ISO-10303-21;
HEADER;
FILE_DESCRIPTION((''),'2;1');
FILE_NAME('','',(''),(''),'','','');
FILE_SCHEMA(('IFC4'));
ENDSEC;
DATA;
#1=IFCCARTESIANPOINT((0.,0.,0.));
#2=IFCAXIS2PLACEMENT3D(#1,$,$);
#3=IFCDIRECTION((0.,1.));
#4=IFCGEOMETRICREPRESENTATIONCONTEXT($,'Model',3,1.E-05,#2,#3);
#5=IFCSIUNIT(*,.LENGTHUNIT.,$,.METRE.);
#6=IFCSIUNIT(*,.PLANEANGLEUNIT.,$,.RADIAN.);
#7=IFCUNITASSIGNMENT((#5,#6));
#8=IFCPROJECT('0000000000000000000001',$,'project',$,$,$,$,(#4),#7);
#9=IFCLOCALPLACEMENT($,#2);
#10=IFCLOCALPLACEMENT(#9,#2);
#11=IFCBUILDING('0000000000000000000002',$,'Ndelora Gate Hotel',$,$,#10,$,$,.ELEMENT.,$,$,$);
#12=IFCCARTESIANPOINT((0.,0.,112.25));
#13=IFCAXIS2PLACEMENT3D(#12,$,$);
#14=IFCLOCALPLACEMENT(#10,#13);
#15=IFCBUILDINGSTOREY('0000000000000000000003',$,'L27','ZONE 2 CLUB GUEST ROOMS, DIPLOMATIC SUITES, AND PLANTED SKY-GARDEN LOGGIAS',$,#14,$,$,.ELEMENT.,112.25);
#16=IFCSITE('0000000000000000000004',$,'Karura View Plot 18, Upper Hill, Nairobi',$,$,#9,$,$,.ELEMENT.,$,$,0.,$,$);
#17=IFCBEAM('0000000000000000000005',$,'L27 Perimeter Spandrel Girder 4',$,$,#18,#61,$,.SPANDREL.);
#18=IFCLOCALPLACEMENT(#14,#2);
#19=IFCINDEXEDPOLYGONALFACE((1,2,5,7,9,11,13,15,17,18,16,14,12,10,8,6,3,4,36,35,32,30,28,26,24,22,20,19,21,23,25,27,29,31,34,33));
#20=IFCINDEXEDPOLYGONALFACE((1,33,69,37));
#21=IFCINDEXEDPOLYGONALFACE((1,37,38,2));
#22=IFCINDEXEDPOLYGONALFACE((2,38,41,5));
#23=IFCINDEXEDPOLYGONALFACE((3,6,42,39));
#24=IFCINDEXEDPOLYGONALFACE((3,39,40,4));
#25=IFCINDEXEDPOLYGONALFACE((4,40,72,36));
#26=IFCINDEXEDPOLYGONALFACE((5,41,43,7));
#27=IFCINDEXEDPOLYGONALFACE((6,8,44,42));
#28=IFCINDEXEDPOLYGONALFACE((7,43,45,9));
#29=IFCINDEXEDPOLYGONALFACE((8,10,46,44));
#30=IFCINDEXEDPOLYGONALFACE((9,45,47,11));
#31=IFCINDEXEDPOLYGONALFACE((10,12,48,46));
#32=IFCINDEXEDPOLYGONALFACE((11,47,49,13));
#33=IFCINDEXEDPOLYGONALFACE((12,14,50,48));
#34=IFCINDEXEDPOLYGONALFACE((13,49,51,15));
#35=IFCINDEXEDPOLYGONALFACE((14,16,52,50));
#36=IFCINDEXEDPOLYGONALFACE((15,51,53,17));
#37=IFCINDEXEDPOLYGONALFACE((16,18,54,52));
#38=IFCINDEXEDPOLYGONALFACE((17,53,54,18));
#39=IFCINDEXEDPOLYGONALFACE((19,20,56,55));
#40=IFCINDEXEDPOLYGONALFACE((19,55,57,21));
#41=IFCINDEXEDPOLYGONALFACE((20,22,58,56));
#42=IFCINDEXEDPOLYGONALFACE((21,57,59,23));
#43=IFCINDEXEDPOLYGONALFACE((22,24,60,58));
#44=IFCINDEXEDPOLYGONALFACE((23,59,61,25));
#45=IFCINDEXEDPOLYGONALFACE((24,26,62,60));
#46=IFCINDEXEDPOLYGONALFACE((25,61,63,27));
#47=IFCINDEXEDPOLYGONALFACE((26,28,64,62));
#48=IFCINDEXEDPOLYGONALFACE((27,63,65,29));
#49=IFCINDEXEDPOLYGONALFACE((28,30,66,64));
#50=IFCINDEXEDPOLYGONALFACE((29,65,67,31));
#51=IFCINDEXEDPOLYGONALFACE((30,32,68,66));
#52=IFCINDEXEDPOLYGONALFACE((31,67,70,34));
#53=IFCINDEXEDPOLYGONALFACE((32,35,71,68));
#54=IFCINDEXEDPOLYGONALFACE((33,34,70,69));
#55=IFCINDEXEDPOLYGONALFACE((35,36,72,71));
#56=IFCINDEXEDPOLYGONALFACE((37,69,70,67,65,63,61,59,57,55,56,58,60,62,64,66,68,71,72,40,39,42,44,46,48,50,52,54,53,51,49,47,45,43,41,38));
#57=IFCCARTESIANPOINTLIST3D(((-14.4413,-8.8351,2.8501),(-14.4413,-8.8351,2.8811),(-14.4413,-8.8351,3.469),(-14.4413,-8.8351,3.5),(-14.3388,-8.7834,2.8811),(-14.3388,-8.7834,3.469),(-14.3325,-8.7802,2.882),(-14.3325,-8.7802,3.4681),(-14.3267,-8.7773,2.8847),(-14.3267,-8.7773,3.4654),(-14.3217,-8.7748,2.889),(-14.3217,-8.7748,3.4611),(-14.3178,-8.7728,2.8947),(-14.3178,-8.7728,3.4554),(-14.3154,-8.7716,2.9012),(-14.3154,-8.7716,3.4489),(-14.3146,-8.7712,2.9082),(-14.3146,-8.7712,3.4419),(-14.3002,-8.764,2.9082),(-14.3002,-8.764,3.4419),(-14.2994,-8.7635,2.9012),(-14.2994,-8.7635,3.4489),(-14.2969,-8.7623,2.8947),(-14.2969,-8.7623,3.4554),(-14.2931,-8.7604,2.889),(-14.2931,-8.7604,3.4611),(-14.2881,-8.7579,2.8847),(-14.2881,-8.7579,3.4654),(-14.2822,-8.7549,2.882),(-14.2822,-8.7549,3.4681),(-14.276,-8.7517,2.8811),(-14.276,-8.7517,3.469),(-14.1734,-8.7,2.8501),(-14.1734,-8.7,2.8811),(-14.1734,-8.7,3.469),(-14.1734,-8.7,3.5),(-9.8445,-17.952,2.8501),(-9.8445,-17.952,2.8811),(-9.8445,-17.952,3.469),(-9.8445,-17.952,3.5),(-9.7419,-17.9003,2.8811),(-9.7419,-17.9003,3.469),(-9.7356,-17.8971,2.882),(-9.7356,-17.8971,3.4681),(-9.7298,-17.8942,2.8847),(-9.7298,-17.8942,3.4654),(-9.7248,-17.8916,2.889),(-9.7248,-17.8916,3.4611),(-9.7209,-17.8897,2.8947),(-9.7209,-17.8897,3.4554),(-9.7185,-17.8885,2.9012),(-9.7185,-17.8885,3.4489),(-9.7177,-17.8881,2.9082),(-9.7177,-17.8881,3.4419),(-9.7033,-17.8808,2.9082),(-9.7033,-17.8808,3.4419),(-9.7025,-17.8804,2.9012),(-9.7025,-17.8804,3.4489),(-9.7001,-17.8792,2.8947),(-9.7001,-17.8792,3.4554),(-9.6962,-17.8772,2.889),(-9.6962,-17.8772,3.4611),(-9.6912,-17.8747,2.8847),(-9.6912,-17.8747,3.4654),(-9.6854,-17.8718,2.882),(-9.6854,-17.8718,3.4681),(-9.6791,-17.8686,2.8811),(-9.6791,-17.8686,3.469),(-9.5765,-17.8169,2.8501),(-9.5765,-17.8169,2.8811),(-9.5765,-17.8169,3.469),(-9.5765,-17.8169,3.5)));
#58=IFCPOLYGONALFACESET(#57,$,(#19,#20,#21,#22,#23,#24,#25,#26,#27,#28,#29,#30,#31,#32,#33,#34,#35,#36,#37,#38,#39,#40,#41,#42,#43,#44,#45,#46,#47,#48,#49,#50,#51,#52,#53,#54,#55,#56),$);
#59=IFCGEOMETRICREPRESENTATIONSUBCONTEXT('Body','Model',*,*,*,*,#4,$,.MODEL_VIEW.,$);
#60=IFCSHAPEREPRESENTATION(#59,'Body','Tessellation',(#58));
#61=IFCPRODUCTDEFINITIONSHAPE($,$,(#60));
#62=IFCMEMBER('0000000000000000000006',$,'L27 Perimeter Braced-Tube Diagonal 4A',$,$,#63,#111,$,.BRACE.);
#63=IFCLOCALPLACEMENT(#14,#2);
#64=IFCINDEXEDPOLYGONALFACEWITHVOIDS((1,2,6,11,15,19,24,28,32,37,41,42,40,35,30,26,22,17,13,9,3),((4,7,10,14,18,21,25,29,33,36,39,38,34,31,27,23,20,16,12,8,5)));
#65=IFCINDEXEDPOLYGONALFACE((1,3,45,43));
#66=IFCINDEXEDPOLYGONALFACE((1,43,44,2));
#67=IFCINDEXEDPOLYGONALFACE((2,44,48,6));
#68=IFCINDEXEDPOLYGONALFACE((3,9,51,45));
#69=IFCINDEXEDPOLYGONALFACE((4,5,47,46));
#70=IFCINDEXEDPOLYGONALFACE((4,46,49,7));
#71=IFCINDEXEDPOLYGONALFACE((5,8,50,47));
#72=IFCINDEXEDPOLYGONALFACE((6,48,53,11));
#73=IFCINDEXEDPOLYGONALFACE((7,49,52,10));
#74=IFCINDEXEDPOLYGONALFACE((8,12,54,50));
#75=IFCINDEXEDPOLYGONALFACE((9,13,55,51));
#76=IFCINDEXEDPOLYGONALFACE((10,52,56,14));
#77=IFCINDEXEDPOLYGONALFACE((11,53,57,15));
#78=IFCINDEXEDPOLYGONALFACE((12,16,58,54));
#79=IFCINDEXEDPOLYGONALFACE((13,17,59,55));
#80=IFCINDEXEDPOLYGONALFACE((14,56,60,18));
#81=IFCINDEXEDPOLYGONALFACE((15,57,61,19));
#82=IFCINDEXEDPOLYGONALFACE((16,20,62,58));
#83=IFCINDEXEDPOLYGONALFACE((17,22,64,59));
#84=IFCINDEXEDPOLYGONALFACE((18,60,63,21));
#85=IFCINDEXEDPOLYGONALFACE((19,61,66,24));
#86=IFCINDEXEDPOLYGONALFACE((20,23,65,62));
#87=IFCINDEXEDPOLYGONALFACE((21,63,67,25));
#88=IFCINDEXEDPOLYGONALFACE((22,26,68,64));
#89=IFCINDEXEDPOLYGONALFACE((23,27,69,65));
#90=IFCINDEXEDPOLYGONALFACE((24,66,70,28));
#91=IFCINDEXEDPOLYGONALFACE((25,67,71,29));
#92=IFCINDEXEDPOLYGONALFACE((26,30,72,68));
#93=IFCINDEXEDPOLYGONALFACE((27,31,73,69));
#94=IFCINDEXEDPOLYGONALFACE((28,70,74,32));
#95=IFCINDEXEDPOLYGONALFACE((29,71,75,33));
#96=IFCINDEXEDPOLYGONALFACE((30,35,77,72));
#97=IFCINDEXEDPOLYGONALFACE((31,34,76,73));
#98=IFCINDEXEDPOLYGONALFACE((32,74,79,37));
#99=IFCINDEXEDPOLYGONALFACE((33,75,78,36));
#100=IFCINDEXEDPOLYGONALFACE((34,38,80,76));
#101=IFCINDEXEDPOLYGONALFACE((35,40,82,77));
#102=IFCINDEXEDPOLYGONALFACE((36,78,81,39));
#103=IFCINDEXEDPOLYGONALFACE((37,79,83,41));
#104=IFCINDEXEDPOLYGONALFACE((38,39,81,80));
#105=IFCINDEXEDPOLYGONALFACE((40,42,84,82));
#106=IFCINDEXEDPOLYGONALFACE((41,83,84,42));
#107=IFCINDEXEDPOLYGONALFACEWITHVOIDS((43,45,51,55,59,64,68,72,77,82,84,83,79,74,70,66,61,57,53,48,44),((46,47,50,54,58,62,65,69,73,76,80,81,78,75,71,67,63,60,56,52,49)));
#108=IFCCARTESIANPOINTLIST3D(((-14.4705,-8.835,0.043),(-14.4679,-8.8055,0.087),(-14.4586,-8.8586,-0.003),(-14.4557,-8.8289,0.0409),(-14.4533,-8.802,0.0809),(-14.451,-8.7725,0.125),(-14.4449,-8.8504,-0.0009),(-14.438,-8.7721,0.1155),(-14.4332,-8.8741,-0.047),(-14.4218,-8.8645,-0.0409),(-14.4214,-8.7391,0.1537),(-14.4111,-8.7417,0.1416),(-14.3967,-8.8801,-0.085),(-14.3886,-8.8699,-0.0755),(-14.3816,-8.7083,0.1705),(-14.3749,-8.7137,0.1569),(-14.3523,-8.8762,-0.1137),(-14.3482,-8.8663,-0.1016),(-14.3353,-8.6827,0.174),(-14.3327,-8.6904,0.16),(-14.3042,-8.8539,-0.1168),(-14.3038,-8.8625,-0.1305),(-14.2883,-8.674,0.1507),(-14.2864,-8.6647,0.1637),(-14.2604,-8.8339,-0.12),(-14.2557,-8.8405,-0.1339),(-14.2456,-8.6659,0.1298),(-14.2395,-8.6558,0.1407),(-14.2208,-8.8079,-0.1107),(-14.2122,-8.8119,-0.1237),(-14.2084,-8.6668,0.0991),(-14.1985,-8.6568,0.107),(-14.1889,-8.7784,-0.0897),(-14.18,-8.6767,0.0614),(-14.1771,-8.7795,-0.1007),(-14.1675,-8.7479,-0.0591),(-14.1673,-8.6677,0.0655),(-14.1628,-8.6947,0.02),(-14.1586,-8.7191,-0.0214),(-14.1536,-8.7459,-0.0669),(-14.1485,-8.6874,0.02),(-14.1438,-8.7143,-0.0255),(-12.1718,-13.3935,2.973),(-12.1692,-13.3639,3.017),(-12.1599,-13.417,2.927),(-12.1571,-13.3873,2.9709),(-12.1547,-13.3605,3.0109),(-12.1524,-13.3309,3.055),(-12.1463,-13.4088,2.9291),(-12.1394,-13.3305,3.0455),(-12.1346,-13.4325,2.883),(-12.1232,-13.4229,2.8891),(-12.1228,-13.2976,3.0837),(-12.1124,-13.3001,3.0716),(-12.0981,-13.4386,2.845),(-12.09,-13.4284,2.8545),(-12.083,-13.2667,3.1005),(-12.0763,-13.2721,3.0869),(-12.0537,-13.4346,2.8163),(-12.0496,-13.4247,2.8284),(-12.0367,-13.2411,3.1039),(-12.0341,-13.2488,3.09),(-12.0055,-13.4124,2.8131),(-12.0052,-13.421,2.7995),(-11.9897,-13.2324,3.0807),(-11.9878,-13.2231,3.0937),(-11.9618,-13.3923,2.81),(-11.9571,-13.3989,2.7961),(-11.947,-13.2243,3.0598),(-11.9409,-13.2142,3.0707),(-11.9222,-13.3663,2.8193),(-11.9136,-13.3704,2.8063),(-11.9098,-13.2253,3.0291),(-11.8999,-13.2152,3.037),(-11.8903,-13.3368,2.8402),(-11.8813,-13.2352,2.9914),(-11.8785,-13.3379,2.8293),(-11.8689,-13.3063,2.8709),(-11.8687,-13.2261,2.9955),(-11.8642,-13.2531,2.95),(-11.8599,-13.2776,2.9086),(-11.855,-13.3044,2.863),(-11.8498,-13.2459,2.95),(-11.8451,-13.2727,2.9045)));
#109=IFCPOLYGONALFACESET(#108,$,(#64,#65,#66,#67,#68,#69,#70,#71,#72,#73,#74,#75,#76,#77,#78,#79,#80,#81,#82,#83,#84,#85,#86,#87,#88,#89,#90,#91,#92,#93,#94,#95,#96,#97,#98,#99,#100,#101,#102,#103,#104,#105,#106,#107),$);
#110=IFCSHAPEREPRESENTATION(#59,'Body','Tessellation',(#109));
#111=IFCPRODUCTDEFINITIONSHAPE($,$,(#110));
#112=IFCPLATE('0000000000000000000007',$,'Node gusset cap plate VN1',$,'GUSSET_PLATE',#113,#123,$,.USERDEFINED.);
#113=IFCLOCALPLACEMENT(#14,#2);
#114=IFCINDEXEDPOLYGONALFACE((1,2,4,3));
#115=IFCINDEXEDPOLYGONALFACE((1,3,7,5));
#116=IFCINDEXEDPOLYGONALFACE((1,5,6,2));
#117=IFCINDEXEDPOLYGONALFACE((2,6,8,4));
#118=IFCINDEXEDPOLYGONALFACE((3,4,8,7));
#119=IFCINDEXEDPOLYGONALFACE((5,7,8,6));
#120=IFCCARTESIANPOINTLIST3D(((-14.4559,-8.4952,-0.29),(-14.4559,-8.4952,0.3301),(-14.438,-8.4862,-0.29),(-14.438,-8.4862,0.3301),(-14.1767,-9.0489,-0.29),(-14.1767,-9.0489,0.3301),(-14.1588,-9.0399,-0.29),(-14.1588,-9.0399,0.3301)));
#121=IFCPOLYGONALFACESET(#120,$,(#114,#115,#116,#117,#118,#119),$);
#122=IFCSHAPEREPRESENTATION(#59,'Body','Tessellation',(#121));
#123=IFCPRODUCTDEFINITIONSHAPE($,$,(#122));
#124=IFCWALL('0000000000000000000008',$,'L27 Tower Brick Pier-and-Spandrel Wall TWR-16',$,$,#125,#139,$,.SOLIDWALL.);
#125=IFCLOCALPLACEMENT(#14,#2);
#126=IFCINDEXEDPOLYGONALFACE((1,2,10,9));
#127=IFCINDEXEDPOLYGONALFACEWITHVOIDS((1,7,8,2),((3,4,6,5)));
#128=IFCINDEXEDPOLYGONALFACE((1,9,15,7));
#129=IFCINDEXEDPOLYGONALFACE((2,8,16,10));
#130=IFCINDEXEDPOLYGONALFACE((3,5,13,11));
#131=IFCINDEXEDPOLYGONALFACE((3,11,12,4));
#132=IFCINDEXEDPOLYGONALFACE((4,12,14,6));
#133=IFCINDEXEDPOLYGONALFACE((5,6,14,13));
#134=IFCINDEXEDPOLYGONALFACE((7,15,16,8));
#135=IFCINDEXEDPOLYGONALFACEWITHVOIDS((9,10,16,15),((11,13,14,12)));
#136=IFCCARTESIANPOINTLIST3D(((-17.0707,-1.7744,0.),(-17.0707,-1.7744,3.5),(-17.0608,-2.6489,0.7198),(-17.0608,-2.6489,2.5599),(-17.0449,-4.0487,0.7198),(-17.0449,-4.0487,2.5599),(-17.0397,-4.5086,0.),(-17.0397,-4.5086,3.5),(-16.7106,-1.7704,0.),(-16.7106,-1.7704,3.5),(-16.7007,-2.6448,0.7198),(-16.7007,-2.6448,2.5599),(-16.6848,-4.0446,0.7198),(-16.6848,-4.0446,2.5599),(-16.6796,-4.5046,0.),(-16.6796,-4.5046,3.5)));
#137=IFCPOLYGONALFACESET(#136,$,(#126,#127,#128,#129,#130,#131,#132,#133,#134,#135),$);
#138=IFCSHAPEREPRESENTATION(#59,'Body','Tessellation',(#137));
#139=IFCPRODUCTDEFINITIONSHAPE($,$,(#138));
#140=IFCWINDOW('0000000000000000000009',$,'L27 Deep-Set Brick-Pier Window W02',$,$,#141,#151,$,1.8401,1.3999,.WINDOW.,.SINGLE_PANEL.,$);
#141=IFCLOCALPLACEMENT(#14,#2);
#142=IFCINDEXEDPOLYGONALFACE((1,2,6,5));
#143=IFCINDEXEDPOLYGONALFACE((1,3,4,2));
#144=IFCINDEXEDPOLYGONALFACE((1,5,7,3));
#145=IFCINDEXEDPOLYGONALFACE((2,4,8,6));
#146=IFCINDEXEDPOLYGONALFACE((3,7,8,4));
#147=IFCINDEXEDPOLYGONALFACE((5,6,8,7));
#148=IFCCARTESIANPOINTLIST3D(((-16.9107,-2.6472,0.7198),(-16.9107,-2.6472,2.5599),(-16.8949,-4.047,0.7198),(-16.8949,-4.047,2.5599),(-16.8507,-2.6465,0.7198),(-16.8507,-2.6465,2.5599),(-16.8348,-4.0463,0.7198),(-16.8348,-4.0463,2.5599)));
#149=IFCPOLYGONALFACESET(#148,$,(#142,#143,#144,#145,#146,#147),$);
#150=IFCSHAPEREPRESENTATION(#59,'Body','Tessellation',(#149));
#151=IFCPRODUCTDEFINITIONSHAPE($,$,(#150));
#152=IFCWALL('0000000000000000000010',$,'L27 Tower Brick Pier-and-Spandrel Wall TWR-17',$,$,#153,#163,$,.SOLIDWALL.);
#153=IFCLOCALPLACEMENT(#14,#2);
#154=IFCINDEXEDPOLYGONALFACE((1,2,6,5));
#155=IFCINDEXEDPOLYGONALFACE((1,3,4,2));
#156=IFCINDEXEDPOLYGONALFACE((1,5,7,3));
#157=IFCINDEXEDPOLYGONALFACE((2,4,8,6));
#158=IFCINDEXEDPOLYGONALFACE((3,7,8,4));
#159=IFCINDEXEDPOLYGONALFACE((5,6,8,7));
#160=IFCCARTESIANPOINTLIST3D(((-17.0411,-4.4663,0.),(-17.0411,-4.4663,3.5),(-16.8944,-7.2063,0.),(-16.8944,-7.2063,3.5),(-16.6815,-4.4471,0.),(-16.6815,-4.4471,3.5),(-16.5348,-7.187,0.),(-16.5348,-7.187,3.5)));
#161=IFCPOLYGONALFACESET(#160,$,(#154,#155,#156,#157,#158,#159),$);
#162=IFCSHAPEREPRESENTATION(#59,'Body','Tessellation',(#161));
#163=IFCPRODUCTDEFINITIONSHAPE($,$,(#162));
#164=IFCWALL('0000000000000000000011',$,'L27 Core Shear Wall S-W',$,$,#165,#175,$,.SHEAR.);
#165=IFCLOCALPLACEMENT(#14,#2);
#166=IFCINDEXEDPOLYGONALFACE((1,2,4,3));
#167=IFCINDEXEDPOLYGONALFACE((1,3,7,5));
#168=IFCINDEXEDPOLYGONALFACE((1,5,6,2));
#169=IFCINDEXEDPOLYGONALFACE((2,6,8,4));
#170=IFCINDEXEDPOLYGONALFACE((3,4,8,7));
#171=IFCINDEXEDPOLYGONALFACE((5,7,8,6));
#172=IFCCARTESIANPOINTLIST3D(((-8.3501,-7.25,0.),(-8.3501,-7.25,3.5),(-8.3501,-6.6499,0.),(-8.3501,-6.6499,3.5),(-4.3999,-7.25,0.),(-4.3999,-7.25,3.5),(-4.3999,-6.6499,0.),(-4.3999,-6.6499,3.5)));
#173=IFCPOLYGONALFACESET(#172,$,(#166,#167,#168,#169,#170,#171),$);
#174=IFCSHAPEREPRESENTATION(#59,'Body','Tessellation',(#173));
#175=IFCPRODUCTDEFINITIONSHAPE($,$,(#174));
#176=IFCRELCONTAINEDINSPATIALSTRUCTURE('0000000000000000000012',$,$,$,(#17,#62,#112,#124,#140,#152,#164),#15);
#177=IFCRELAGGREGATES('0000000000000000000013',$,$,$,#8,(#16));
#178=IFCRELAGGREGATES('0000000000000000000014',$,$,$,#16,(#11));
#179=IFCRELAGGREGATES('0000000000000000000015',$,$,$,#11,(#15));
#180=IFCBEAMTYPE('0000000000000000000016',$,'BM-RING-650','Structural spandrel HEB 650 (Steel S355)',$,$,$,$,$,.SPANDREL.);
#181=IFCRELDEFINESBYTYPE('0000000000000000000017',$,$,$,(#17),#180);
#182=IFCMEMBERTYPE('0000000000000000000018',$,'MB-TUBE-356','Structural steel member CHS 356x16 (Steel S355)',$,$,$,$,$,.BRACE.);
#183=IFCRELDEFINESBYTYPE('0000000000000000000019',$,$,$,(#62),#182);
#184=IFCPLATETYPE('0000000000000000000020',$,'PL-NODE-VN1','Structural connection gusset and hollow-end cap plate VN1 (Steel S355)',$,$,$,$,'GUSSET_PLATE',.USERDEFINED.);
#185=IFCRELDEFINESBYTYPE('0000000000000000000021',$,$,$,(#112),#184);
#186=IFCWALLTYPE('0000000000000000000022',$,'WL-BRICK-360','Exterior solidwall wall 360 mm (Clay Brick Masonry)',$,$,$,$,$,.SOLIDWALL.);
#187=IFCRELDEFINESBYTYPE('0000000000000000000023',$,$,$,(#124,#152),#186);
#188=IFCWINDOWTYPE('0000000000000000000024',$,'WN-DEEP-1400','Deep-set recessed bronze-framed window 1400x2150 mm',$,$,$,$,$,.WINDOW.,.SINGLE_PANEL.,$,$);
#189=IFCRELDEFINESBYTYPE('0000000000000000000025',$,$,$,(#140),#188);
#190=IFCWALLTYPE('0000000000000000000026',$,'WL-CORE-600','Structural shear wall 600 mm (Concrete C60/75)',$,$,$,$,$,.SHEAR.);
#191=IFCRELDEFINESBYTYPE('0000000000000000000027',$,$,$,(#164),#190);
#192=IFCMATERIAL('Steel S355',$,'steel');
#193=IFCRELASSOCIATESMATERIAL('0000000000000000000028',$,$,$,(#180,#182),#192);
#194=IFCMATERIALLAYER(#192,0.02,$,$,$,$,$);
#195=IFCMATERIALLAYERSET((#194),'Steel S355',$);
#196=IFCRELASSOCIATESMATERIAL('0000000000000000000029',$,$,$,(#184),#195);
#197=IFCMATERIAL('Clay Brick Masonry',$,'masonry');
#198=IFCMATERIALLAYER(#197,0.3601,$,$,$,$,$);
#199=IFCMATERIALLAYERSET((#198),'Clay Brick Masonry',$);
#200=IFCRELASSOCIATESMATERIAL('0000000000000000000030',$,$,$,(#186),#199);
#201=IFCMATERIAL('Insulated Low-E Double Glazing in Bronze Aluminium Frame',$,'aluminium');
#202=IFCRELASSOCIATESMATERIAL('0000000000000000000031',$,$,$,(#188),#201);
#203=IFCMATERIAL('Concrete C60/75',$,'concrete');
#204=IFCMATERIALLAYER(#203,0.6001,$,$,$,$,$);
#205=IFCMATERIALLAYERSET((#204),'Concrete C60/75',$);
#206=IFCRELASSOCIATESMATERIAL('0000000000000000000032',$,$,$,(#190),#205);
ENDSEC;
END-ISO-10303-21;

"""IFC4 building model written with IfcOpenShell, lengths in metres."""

from ifc_helpers import new_model, si_unit, direction, frame, frame_2d, origin, origin_2d, place, context, subcontext, project, spatial, rectangle, hollow_circle, i_section, extrude, material, layer, layer_set, material_profile, profile_set, type_object, element, fill, save


model = new_model("IFC4")

# Units and contexts
model_context = context("Model", 3, precision=1e-05, world=origin(), true_north=direction((0.0, 1.0)))
body_context = subcontext(model_context, "Body", "Model", "MODEL_VIEW")
ifc_project = project(units=[si_unit("LENGTHUNIT", "METRE"), si_unit("PLANEANGLEUNIT", "RADIAN")], contexts=[model_context])

# Site, building, storey
site_placement = place(None, origin())
site = spatial("IfcSite", under=ifc_project, at=site_placement, Name="Karura View Plot 18, Upper Hill, Nairobi", CompositionType="ELEMENT", RefElevation=0.0)
building_placement = place(site_placement, origin())
building = spatial("IfcBuilding", under=site, at=building_placement, Name="Ndelora Gate Hotel", CompositionType="ELEMENT")
storey_placement = place(building_placement, frame((0.0, 0.0, 112.25)))
storey = spatial("IfcBuildingStorey", under=building, at=storey_placement, Name="L27", Description="ZONE 2 CLUB GUEST ROOMS, DIPLOMATIC SUITES, AND PLANTED SKY-GARDEN LOGGIAS", CompositionType="ELEMENT", Elevation=112.25)

# Shared definitions
ifc_material_1 = material(Name="Concrete C60/75", Category="concrete")

# Beam
ifc_material_2 = material(Name="Steel S355", Category="steel")
ifc_material_profile_1 = material_profile(ifc_material_2, i_section(OverallWidth=0.3, OverallDepth=0.6499, WebThickness=0.0161, FlangeThickness=0.031, FilletRadius=0.0271, at=origin_2d()), Name="HEB 650")
ifc_profile_set_1 = profile_set([ifc_material_profile_1], Name="Steel S355")
beam_type_1 = type_object("IfcBeamType", Name="BM-RING-650", Description="Structural spandrel HEB 650 (Steel S355)", PredefinedType="SPANDREL", material=ifc_profile_set_1)
beam_1_placement = place(storey_placement, frame((-14.3074, -8.7676, 3.175), z_axis=(0.450224, -0.892916, 0.0), x_axis=(0.892916, 0.450224, 0.0)))
element("IfcBeam", 1, at=beam_1_placement, inside=storey, type_object=beam_type_1, Name="L27 Perimeter Spandrel Girder 4", PredefinedType="SPANDREL", context=body_context, shape_type="SweptSolid", body=[
    extrude(i_section(OverallWidth=0.3, OverallDepth=0.6499, WebThickness=0.0161, FlangeThickness=0.031, FilletRadius=0.0271, at=origin_2d()), origin(), (0.0, 0.0, 1.0), 10.2102),
])

# Member
ifc_material_profile_2 = material_profile(ifc_material_2, hollow_circle(Radius=0.178, WallThickness=0.0161, at=origin_2d()), Name="CHS 356x16")
ifc_profile_set_2 = profile_set([ifc_material_profile_2], Name="Steel S355")
member_type = type_object("IfcMemberType", Name="MB-TUBE-356", Description="Structural steel member CHS 356x16 (Steel S355)", PredefinedType="BRACE", material=ifc_profile_set_2)
member_placement = place(storey_placement, frame((-14.3074, -8.7676, 0.02), z_axis=(0.390508, -0.774422, 0.497769), x_axis=(0.892901, 0.450253, 0.0)))
element("IfcMember", 2, at=member_placement, inside=storey, type_object=member_type, Name="L27 Perimeter Braced-Tube Diagonal 4A", PredefinedType="BRACE", context=body_context, shape_type="SweptSolid", body=[
    extrude(hollow_circle(Radius=0.178, WallThickness=0.0161, at=origin_2d()), origin(), (0.0, 0.0, 1.0), 5.8862),
])

# Plate
ifc_layer_1 = layer(ifc_material_2, 0.02)
ifc_layer_set_1 = layer_set([ifc_layer_1], Name="Steel S355")
plate_type = type_object("IfcPlateType", Name="PL-NODE-VN1", Description="Structural connection gusset and hollow-end cap plate VN1 (Steel S355)", ElementType="GUSSET_PLATE", PredefinedType="USERDEFINED", material=ifc_layer_set_1)
plate_placement = place(storey_placement, frame((-14.3074, -8.7676, -0.29), z_axis=(0.0, 0.0, 1.0), x_axis=(-0.450254, 0.8929, 0.0)))
element("IfcPlate", 3, at=plate_placement, inside=storey, type_object=plate_type, Name="Node gusset cap plate VN1", ObjectType="GUSSET_PLATE", PredefinedType="USERDEFINED", context=body_context, shape_type="SweptSolid", body=[
    extrude(rectangle(XDim=0.6201, YDim=0.02, at=origin_2d()), origin(), (0.0, 0.0, 1.0), 0.6201),
])

# Wall, opening, window
ifc_material_3 = material(Name="Clay Brick Masonry", Category="masonry")
ifc_layer_2 = layer(ifc_material_3, 0.3601)
ifc_layer_set_2 = layer_set([ifc_layer_2], Name="Clay Brick Masonry")
wall_type_1 = type_object("IfcWallType", Name="WL-BRICK-360", Description="Exterior solidwall wall 360 mm (Clay Brick Masonry)", PredefinedType="SOLIDWALL", material=ifc_layer_set_2)
wall_1_placement = place(storey_placement, frame((-16.8596, -4.5066, 0.0), z_axis=(0.0, 0.0, 1.0), x_axis=(-0.01134, 0.999936, 0.0)))
wall_1 = element("IfcWall", 4, at=wall_1_placement, inside=storey, type_object=wall_type_1, Name="L27 Tower Brick Pier-and-Spandrel Wall TWR-16", PredefinedType="SOLIDWALL", context=body_context, shape_type="SweptSolid", body=[
    extrude(rectangle(XDim=2.7344, YDim=0.3601, at=frame_2d((1.3672, 0.0))), origin(), (0.0, 0.0, 1.0), 3.5),
])
opening_1_placement = place(wall_1_placement, frame((0.46, 0.0, 0.72)))
opening_1 = element("IfcOpeningElement", 5, at=opening_1_placement, cuts=wall_1, PredefinedType="OPENING", context=body_context, shape_type="SweptSolid", body=[
    extrude(rectangle(XDim=1.3999, YDim=1.8401, at=frame_2d((0.7, 0.9199))), frame((0.0, 0.1899, 0.0), z_axis=(0.0, -1.0, 0.0), x_axis=(1.0, 0.0, 0.0)), (0.0, 0.0, 1.0), 0.3801),
])
ifc_material_4 = material(Name="Insulated Low-E Double Glazing in Bronze Aluminium Frame", Category="aluminium")
window_type = type_object("IfcWindowType", Name="WN-DEEP-1400", Description="Deep-set recessed bronze-framed window 1400x2150 mm", PartitioningType="SINGLE_PANEL", PredefinedType="WINDOW", material=ifc_material_4)
window_placement = place(opening_1_placement, origin())
window = element("IfcWindow", 6, at=window_placement, inside=storey, type_object=window_type, Name="L27 Deep-Set Brick-Pier Window W02", OverallHeight=1.8401, OverallWidth=1.3999, PartitioningType="SINGLE_PANEL", PredefinedType="WINDOW", context=body_context, shape_type="SweptSolid", body=[
    extrude(rectangle(XDim=1.3999, YDim=1.8401, at=frame_2d((0.7, 0.9199))), frame((0.0, 0.03, 0.0), z_axis=(0.0, -1.0, 0.0), x_axis=(1.0, 0.0, 0.0)), (0.0, 0.0, 1.0), 0.0601),
])
fill(opening_1, window)

# Walls
wall_2_placement = place(storey_placement, frame((-16.7146, -7.1968, 0.0), z_axis=(0.0, 0.0, 1.0), x_axis=(-0.053474, 0.998569, 0.0)))
element("IfcWall", 7, at=wall_2_placement, inside=storey, type_object=wall_type_1, Name="L27 Tower Brick Pier-and-Spandrel Wall TWR-17", PredefinedType="SOLIDWALL", context=body_context, shape_type="SweptSolid", body=[
    extrude(rectangle(XDim=2.7439, YDim=0.3601, at=frame_2d((1.3721, 0.0))), origin(), (0.0, 0.0, 1.0), 3.5),
])
ifc_layer_3 = layer(ifc_material_1, 0.6001)
ifc_layer_set_3 = layer_set([ifc_layer_3], Name="Concrete C60/75")
wall_type_2 = type_object("IfcWallType", Name="WL-CORE-600", Description="Structural shear wall 600 mm (Concrete C60/75)", PredefinedType="SHEAR", material=ifc_layer_set_3)
wall_3_placement = place(storey_placement, frame((-8.3501, -6.95, 0.0), z_axis=(0.0, 0.0, 1.0), x_axis=(1.0, 0.0, 0.0)))
element("IfcWall", 8, at=wall_3_placement, inside=storey, type_object=wall_type_2, Name="L27 Core Shear Wall S-W", PredefinedType="SHEAR", context=body_context, shape_type="SweptSolid", body=[
    extrude(rectangle(XDim=3.9502, YDim=0.6001, at=frame_2d((1.9751, 0.0))), origin(), (0.0, 0.0, 1.0), 3.5),
])

save(model, "model.ifc")
